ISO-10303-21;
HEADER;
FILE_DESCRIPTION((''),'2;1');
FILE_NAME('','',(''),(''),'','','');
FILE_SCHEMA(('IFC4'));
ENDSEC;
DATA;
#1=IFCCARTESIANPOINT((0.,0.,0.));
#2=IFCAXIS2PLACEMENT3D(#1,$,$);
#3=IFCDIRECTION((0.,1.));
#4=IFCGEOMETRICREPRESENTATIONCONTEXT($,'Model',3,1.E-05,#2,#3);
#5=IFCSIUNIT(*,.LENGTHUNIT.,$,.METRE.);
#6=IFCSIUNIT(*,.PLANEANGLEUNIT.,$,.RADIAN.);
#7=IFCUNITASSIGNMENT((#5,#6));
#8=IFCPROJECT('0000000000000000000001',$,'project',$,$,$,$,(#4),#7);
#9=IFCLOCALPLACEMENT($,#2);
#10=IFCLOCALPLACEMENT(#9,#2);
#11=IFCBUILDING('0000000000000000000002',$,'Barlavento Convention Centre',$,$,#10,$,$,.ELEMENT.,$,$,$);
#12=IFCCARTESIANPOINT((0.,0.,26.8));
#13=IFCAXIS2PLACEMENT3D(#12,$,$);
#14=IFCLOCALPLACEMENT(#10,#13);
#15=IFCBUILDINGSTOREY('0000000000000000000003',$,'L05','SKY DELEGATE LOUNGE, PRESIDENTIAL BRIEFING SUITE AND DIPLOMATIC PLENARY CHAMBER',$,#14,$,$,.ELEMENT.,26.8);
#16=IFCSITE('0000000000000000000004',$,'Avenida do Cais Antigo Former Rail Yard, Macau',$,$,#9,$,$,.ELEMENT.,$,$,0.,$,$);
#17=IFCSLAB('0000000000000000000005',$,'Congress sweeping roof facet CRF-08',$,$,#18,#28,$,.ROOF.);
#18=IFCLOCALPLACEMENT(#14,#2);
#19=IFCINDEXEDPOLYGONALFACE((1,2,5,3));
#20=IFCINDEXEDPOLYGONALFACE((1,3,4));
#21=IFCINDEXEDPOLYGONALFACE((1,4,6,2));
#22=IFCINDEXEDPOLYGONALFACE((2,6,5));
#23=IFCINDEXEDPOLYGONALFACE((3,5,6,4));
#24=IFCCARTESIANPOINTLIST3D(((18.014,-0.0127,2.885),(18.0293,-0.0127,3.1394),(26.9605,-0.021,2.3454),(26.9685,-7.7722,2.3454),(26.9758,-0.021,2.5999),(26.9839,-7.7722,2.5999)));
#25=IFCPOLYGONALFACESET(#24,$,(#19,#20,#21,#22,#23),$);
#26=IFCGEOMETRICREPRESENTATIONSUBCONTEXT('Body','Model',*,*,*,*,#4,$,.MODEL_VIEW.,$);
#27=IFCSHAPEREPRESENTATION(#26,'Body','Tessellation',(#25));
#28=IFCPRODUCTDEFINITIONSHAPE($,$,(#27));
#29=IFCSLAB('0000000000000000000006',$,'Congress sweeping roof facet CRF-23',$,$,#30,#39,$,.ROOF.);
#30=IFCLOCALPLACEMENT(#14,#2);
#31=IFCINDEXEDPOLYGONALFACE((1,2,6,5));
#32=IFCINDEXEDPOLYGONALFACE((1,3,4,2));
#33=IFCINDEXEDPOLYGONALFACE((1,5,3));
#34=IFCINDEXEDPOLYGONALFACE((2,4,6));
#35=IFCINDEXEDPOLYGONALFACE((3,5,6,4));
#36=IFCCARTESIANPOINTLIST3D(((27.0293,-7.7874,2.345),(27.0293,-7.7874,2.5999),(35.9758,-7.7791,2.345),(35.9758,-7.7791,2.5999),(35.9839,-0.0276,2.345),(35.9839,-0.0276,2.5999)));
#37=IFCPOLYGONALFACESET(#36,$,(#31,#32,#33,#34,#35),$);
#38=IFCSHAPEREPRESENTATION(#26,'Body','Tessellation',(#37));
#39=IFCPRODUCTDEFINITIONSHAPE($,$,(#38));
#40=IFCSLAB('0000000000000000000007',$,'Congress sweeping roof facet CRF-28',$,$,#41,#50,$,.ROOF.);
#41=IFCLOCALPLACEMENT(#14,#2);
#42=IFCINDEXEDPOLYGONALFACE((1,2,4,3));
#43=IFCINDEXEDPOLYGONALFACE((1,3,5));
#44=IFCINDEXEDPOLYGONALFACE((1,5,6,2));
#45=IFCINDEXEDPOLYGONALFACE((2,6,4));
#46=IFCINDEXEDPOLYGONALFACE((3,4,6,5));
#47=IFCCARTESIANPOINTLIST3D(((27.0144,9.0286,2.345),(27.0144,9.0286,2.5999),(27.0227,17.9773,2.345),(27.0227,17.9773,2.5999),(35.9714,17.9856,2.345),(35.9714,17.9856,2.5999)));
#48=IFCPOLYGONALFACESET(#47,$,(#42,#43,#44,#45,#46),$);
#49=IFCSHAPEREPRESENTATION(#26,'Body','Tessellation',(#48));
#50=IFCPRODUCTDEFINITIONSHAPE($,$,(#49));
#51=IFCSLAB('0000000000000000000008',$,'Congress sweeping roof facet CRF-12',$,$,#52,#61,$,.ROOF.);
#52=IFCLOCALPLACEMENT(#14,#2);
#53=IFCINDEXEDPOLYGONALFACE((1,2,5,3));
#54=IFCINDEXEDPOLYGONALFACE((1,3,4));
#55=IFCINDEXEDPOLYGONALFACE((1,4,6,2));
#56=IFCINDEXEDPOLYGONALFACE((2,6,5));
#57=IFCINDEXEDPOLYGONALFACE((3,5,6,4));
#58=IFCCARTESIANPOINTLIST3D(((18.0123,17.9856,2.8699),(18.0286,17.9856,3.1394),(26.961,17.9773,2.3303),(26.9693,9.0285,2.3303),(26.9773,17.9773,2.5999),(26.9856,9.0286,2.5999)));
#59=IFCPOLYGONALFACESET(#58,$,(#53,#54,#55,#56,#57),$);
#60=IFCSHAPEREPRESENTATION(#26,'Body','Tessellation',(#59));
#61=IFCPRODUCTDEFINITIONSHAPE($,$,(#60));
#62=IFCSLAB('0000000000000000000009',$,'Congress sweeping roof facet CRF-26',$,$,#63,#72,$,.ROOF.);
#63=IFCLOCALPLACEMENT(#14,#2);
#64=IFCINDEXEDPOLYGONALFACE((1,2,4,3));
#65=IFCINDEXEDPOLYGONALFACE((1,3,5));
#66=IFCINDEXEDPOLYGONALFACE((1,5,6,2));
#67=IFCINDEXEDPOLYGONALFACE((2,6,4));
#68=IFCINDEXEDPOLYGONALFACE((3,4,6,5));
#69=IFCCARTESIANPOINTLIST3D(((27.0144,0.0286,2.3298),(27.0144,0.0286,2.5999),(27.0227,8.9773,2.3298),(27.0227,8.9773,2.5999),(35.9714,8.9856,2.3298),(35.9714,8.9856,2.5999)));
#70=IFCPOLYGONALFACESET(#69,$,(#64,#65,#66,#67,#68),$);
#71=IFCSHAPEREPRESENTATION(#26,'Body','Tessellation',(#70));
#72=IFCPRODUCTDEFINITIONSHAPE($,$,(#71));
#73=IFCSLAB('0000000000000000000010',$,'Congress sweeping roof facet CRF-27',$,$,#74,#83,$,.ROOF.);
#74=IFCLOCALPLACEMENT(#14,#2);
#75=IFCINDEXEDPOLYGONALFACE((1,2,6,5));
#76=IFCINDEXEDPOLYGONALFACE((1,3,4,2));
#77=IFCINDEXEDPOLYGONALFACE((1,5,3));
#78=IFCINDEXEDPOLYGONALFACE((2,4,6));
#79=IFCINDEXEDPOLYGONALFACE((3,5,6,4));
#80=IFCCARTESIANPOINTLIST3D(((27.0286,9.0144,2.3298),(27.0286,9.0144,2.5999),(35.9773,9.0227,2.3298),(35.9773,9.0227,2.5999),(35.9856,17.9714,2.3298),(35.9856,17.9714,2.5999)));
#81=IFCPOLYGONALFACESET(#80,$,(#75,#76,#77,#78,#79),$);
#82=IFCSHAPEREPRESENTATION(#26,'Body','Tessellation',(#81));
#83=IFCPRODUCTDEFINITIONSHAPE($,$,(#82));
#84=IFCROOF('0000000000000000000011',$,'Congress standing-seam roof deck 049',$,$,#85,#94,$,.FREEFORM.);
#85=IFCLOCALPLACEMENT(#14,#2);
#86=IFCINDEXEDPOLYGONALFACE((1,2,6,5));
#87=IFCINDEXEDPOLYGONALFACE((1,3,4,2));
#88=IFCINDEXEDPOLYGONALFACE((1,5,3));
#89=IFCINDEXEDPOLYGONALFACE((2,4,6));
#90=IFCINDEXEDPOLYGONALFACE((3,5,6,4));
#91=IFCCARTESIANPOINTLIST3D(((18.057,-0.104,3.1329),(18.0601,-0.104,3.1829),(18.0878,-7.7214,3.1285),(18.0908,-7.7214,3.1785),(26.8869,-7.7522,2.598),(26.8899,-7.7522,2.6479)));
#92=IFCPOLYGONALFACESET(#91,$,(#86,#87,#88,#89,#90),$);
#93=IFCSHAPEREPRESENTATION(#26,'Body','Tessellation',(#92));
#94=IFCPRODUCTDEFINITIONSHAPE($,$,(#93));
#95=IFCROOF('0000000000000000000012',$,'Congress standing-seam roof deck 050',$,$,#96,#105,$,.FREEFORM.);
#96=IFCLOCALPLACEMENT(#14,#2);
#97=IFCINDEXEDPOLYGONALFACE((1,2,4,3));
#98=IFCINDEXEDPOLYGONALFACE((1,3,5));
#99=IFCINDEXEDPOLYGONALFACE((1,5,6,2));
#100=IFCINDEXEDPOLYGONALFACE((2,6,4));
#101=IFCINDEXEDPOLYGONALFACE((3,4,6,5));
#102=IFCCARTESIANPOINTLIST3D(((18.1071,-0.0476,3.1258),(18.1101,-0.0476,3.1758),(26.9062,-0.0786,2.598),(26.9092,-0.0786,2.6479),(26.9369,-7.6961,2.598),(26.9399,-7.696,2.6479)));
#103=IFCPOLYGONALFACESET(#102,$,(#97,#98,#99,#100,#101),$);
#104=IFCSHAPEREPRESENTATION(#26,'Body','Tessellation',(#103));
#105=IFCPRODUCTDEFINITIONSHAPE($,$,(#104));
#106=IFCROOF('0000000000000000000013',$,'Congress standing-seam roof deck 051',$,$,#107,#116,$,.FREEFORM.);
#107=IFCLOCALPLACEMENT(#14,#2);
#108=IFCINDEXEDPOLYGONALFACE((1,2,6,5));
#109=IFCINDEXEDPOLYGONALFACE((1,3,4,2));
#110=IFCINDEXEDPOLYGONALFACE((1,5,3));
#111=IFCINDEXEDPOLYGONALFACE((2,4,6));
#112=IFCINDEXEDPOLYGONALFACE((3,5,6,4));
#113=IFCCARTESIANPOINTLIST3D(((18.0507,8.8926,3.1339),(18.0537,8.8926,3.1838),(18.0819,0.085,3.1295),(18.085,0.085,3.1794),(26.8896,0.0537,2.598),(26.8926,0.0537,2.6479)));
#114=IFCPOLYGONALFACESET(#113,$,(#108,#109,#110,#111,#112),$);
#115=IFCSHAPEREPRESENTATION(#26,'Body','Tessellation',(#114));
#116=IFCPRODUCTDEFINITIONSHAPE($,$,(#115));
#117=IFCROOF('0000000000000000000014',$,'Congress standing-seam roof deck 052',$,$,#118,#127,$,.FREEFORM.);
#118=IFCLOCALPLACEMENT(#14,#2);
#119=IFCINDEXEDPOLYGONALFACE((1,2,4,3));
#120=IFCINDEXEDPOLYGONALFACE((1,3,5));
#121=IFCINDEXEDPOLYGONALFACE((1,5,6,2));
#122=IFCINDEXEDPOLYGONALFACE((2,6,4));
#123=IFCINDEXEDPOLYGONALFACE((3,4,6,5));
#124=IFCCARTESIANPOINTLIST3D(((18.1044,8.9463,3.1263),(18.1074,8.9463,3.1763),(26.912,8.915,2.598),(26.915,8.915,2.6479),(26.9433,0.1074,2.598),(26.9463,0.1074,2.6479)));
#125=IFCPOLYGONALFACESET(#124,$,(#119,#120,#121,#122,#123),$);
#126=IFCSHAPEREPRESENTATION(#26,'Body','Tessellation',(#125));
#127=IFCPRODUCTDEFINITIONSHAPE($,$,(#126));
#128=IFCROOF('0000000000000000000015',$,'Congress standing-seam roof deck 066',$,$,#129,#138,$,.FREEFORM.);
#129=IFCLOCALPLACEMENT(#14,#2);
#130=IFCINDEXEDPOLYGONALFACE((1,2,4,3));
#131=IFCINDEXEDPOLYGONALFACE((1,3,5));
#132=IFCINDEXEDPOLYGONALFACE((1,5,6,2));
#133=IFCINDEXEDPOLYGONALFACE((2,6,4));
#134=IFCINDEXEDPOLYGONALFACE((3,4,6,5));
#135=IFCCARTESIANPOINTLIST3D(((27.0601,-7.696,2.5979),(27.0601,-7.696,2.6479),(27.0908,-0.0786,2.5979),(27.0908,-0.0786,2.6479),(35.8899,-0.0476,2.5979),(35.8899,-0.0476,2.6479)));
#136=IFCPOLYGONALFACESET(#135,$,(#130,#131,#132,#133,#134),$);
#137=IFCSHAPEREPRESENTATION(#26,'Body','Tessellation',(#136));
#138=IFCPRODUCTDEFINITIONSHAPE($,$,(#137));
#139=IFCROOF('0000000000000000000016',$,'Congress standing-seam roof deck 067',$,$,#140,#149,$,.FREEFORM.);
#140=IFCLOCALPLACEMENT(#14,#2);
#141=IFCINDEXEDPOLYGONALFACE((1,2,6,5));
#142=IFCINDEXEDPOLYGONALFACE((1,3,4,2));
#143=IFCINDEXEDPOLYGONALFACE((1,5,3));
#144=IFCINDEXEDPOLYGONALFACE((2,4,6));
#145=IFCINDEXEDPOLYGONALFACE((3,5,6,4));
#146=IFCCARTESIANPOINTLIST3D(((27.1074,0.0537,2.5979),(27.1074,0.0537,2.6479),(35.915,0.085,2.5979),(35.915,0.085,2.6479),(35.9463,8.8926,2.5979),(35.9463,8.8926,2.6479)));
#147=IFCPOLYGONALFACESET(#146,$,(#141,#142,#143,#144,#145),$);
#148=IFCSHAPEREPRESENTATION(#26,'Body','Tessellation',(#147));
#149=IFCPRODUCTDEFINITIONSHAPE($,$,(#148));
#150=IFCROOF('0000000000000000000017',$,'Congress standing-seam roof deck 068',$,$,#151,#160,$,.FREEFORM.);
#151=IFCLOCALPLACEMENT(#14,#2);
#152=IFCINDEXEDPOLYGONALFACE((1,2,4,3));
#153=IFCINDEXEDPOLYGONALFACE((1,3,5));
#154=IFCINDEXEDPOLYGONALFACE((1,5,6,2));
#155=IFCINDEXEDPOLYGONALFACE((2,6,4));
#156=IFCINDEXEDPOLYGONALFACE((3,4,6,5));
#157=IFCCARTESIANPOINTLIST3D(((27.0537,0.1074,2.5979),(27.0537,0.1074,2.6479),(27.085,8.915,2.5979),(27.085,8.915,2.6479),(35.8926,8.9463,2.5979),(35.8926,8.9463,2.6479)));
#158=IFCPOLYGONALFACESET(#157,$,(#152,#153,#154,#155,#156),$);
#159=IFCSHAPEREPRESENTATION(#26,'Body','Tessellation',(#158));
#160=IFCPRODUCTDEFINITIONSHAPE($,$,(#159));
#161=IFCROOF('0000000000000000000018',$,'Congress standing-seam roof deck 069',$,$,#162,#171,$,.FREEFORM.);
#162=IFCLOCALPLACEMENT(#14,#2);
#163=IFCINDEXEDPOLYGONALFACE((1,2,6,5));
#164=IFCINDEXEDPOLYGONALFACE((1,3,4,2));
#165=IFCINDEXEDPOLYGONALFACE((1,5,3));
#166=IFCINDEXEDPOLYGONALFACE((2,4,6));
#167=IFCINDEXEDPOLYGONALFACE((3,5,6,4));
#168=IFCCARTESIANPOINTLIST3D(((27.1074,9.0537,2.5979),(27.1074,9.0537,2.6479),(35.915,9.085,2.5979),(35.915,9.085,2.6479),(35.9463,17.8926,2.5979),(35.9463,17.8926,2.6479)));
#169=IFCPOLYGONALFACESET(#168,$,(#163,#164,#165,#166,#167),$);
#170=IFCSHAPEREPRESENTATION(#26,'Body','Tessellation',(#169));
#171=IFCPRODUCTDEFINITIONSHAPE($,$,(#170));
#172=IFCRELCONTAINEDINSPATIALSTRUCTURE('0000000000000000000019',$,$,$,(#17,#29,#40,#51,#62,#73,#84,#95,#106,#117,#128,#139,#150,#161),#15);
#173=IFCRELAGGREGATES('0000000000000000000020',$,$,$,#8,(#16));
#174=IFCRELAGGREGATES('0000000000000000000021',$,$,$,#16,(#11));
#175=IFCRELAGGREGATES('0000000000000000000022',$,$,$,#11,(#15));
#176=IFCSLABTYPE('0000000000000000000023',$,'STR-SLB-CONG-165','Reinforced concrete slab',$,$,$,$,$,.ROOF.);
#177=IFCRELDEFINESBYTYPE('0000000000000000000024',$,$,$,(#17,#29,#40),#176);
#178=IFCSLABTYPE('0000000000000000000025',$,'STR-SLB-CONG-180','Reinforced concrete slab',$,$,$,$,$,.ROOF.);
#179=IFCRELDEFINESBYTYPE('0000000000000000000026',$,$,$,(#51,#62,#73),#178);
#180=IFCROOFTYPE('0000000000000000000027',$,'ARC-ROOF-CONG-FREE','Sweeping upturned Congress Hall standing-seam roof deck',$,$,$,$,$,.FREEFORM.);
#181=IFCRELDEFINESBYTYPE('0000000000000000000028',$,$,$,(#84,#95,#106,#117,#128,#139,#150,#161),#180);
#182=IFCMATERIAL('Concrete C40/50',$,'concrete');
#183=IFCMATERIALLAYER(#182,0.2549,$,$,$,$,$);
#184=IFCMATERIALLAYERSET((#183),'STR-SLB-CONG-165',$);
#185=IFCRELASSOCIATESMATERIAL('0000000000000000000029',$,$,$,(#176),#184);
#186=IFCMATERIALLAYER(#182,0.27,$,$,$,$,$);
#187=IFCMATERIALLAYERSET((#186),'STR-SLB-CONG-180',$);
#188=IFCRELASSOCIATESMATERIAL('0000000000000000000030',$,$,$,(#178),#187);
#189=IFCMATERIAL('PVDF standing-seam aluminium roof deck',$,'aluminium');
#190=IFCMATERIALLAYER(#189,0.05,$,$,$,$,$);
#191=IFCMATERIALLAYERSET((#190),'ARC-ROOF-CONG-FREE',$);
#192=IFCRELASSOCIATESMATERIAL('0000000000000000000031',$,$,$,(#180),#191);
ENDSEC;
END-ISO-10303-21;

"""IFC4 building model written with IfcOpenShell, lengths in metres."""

from ifc_helpers import new_model, si_unit, direction, frame, origin, place, context, subcontext, project, spatial, polyline, outline, extrude, material, layer, layer_set, type_object, element, save


model = new_model("IFC4")

# Units and contexts
model_context = context("Model", 3, precision=1e-05, world=origin(), true_north=direction((0.0, 1.0)))
body_context = subcontext(model_context, "Body", "Model", "MODEL_VIEW")
ifc_project = project(units=[si_unit("LENGTHUNIT", "METRE"), si_unit("PLANEANGLEUNIT", "RADIAN")], contexts=[model_context])

# Site, building, storey
site_placement = place(None, origin())
site = spatial("IfcSite", under=ifc_project, at=site_placement, Name="Avenida do Cais Antigo Former Rail Yard, Macau", CompositionType="ELEMENT", RefElevation=0.0)
building_placement = place(site_placement, origin())
building = spatial("IfcBuilding", under=site, at=building_placement, Name="Barlavento Convention Centre", CompositionType="ELEMENT")
storey_placement = place(building_placement, frame((0.0, 0.0, 26.8)))
storey = spatial("IfcBuildingStorey", under=building, at=storey_placement, Name="L05", Description="SKY DELEGATE LOUNGE, PRESIDENTIAL BRIEFING SUITE AND DIPLOMATIC PLENARY CHAMBER", CompositionType="ELEMENT", Elevation=26.8)

# Slabs
ifc_material_1 = material(Name="Concrete C40/50", Category="concrete")
ifc_layer_1 = layer(ifc_material_1, 0.2549)
ifc_layer_set_1 = layer_set([ifc_layer_1], Name="STR-SLB-CONG-165")
slab_type_1 = type_object("IfcSlabType", Name="STR-SLB-CONG-165", Description="Reinforced concrete slab", PredefinedType="ROOF", material=ifc_layer_set_1)
slab_1_placement = place(storey_placement, frame((26.9839, -7.7722, 2.5999), z_axis=(0.060199, 0.000063, 0.998186), x_axis=(-0.001039, 0.999999, 0.0)))
element("IfcSlab", 1, at=slab_1_placement, inside=storey, type_object=slab_type_1, Name="Congress sweeping roof facet CRF-08", PredefinedType="ROOF", context=body_context, shape_type="SweptSolid", body=[
    extrude(outline(polyline([(0.0, 0.0), (7.7512, 0.0), (7.7688, 8.9628), (0.0, 0.0)])), origin(), (0.0, 0.0, -1.0), 0.2549),
])
slab_2_placement = place(storey_placement, frame((27.0293, -7.7874, 2.5999), z_axis=(0.0, 0.0, 1.0), x_axis=(1.0, 0.000928, 0.0)))
element("IfcSlab", 2, at=slab_2_placement, inside=storey, type_object=slab_type_1, Name="Congress sweeping roof facet CRF-23", PredefinedType="ROOF", context=body_context, shape_type="SweptSolid", body=[
    extrude(outline(polyline([(0.0, 0.0), (8.9465, 0.0), (8.9618, 7.7515), (0.0, 0.0)])), origin(), (0.0, 0.0, -1.0), 0.2549),
])
slab_3_placement = place(storey_placement, frame((27.0144, 9.0286, 2.5999), z_axis=(0.0, 0.0, 1.0), x_axis=(0.707107, 0.707107, 0.0)))
element("IfcSlab", 3, at=slab_3_placement, inside=storey, type_object=slab_type_1, Name="Congress sweeping roof facet CRF-28", PredefinedType="ROOF", context=body_context, shape_type="SweptSolid", body=[
    extrude(outline(polyline([(0.0, 0.0), (12.6672, 0.0), (6.3336, 6.3218), (0.0, 0.0)])), origin(), (0.0, 0.0, -1.0), 0.2549),
])
ifc_layer_2 = layer(ifc_material_1, 0.27)
ifc_layer_set_2 = layer_set([ifc_layer_2], Name="STR-SLB-CONG-180")
slab_type_2 = type_object("IfcSlabType", Name="STR-SLB-CONG-180", Description="Reinforced concrete slab", PredefinedType="ROOF", material=ifc_layer_set_2)
slab_4_placement = place(storey_placement, frame((26.9856, 9.0286, 2.5999), z_axis=(0.060184, 0.000056, 0.998187), x_axis=(-0.000928, 1.0, 0.0)))
element("IfcSlab", 4, at=slab_4_placement, inside=storey, type_object=slab_type_2, Name="Congress sweeping roof facet CRF-12", PredefinedType="ROOF", context=body_context, shape_type="SweptSolid", body=[
    extrude(outline(polyline([(0.0, 0.0), (8.9487, 0.0), (8.9653, 8.965), (0.0, 0.0)])), origin(), (0.0, 0.0, -1.0), 0.27),
])
slab_5_placement = place(storey_placement, frame((27.0144, 0.0286, 2.5999), z_axis=(0.0, 0.0, 1.0), x_axis=(0.707107, 0.707107, 0.0)))
element("IfcSlab", 5, at=slab_5_placement, inside=storey, type_object=slab_type_2, Name="Congress sweeping roof facet CRF-26", PredefinedType="ROOF", context=body_context, shape_type="SweptSolid", body=[
    extrude(outline(polyline([(0.0, 0.0), (12.6672, 0.0), (6.3336, 6.3218), (0.0, 0.0)])), origin(), (0.0, 0.0, -1.0), 0.27),
])
slab_6_placement = place(storey_placement, frame((27.0286, 9.0144, 2.5999), z_axis=(0.0, 0.0, 1.0), x_axis=(1.0, 0.000928, 0.0)))
element("IfcSlab", 6, at=slab_6_placement, inside=storey, type_object=slab_type_2, Name="Congress sweeping roof facet CRF-27", PredefinedType="ROOF", context=body_context, shape_type="SweptSolid", body=[
    extrude(outline(polyline([(0.0, 0.0), (8.9487, 0.0), (8.9653, 8.9487), (0.0, 0.0)])), origin(), (0.0, 0.0, -1.0), 0.27),
])

# Roofs
ifc_material_2 = material(Name="PVDF standing-seam aluminium roof deck", Category="aluminium")
ifc_layer_3 = layer(ifc_material_2, 0.05)
ifc_layer_set_3 = layer_set([ifc_layer_3], Name="ARC-ROOF-CONG-FREE")
roof_type = type_object("IfcRoofType", Name="ARC-ROOF-CONG-FREE", Description="Sweeping upturned Congress Hall standing-seam roof deck", PredefinedType="FREEFORM", material=ifc_layer_set_3)
roof_1_placement = place(storey_placement, frame((18.0908, -7.7214, 3.1785), z_axis=(0.060182, -0.000333, 0.998187), x_axis=(0.998181, -0.00349, -0.060183)))
element("IfcRoof", 7, at=roof_1_placement, inside=storey, type_object=roof_type, Name="Congress standing-seam roof deck 049", PredefinedType="FREEFORM", context=body_context, shape_type="SweptSolid", body=[
    extrude(outline(polyline([(0.0, 0.0), (8.8151, 0.0), (-0.0576, 7.6173), (0.0, 0.0)])), origin(), (0.0, 0.0, -1.0), 0.05),
])
roof_2_placement = place(storey_placement, frame((26.9399, -7.696, 2.6479), z_axis=(0.05988, 0.000242, 0.998206), x_axis=(-0.004038, 0.999992, 0.0)))
element("IfcRoof", 8, at=roof_2_placement, inside=storey, type_object=roof_type, Name="Congress standing-seam roof deck 050", PredefinedType="FREEFORM", context=body_context, shape_type="SweptSolid", body=[
    extrude(outline(polyline([(0.0, 0.0), (7.6175, 0.0), (7.684, 8.8147), (0.0, 0.0)])), origin(), (0.0, 0.0, -1.0), 0.05),
])
roof_3_placement = place(storey_placement, frame((18.085, 0.085, 3.1794), z_axis=(0.060234, -0.000284, 0.998184), x_axis=(0.998178, -0.003542, -0.060235)))
element("IfcRoof", 9, at=roof_3_placement, inside=storey, type_object=roof_type, Name="Congress standing-seam roof deck 051", PredefinedType="FREEFORM", context=body_context, shape_type="SweptSolid", body=[
    extrude(outline(polyline([(0.0, 0.0), (8.8237, 0.0), (-0.0627, 8.8075), (0.0, 0.0)])), origin(), (0.0, 0.0, -1.0), 0.05),
])
roof_4_placement = place(storey_placement, frame((26.9463, 0.1074, 2.6479), z_axis=(0.059878, 0.000212, 0.998206), x_axis=(-0.003548, 0.999994, 0.0)))
element("IfcRoof", 10, at=roof_4_placement, inside=storey, type_object=roof_type, Name="Congress standing-seam roof deck 052", PredefinedType="FREEFORM", context=body_context, shape_type="SweptSolid", body=[
    extrude(outline(polyline([(0.0, 0.0), (8.8077, 0.0), (8.8702, 8.8233), (0.0, 0.0)])), origin(), (0.0, 0.0, -1.0), 0.05),
])
roof_5_placement = place(storey_placement, frame((27.0601, -7.696, 2.6479), z_axis=(0.0, 0.0, 1.0), x_axis=(0.755862, 0.654731, 0.0)))
element("IfcRoof", 11, at=roof_5_placement, inside=storey, type_object=roof_type, Name="Congress standing-seam roof deck 066", PredefinedType="FREEFORM", context=body_context, shape_type="SweptSolid", body=[
    extrude(outline(polyline([(0.0, 0.0), (11.6818, 0.0), (5.0106, 5.7376), (0.0, 0.0)])), origin(), (0.0, 0.0, -1.0), 0.05),
])
roof_6_placement = place(storey_placement, frame((27.1074, 0.0537, 2.6479), z_axis=(0.0, 0.0, 1.0), x_axis=(0.999994, 0.003548, 0.0)))
element("IfcRoof", 12, at=roof_6_placement, inside=storey, type_object=roof_type, Name="Congress standing-seam roof deck 067", PredefinedType="FREEFORM", context=body_context, shape_type="SweptSolid", body=[
    extrude(outline(polyline([(0.0, 0.0), (8.8077, 0.0), (8.8702, 8.8075), (0.0, 0.0)])), origin(), (0.0, 0.0, -1.0), 0.05),
])
roof_7_placement = place(storey_placement, frame((27.0537, 0.1074, 2.6479), z_axis=(0.0, 0.0, 1.0), x_axis=(0.707107, 0.707107, 0.0)))
element("IfcRoof", 13, at=roof_7_placement, inside=storey, type_object=roof_type, Name="Congress standing-seam roof deck 068", PredefinedType="FREEFORM", context=body_context, shape_type="SweptSolid", body=[
    extrude(outline(polyline([(0.0, 0.0), (12.5, 0.0), (6.25, 6.2058), (0.0, 0.0)])), origin(), (0.0, 0.0, -1.0), 0.05),
])
roof_8_placement = place(storey_placement, frame((27.1074, 9.0537, 2.6479), z_axis=(0.0, 0.0, 1.0), x_axis=(0.999994, 0.003548, 0.0)))
element("IfcRoof", 14, at=roof_8_placement, inside=storey, type_object=roof_type, Name="Congress standing-seam roof deck 069", PredefinedType="FREEFORM", context=body_context, shape_type="SweptSolid", body=[
    extrude(outline(polyline([(0.0, 0.0), (8.8077, 0.0), (8.8702, 8.8075), (0.0, 0.0)])), origin(), (0.0, 0.0, -1.0), 0.05),
])

save(model, "model.ifc")
